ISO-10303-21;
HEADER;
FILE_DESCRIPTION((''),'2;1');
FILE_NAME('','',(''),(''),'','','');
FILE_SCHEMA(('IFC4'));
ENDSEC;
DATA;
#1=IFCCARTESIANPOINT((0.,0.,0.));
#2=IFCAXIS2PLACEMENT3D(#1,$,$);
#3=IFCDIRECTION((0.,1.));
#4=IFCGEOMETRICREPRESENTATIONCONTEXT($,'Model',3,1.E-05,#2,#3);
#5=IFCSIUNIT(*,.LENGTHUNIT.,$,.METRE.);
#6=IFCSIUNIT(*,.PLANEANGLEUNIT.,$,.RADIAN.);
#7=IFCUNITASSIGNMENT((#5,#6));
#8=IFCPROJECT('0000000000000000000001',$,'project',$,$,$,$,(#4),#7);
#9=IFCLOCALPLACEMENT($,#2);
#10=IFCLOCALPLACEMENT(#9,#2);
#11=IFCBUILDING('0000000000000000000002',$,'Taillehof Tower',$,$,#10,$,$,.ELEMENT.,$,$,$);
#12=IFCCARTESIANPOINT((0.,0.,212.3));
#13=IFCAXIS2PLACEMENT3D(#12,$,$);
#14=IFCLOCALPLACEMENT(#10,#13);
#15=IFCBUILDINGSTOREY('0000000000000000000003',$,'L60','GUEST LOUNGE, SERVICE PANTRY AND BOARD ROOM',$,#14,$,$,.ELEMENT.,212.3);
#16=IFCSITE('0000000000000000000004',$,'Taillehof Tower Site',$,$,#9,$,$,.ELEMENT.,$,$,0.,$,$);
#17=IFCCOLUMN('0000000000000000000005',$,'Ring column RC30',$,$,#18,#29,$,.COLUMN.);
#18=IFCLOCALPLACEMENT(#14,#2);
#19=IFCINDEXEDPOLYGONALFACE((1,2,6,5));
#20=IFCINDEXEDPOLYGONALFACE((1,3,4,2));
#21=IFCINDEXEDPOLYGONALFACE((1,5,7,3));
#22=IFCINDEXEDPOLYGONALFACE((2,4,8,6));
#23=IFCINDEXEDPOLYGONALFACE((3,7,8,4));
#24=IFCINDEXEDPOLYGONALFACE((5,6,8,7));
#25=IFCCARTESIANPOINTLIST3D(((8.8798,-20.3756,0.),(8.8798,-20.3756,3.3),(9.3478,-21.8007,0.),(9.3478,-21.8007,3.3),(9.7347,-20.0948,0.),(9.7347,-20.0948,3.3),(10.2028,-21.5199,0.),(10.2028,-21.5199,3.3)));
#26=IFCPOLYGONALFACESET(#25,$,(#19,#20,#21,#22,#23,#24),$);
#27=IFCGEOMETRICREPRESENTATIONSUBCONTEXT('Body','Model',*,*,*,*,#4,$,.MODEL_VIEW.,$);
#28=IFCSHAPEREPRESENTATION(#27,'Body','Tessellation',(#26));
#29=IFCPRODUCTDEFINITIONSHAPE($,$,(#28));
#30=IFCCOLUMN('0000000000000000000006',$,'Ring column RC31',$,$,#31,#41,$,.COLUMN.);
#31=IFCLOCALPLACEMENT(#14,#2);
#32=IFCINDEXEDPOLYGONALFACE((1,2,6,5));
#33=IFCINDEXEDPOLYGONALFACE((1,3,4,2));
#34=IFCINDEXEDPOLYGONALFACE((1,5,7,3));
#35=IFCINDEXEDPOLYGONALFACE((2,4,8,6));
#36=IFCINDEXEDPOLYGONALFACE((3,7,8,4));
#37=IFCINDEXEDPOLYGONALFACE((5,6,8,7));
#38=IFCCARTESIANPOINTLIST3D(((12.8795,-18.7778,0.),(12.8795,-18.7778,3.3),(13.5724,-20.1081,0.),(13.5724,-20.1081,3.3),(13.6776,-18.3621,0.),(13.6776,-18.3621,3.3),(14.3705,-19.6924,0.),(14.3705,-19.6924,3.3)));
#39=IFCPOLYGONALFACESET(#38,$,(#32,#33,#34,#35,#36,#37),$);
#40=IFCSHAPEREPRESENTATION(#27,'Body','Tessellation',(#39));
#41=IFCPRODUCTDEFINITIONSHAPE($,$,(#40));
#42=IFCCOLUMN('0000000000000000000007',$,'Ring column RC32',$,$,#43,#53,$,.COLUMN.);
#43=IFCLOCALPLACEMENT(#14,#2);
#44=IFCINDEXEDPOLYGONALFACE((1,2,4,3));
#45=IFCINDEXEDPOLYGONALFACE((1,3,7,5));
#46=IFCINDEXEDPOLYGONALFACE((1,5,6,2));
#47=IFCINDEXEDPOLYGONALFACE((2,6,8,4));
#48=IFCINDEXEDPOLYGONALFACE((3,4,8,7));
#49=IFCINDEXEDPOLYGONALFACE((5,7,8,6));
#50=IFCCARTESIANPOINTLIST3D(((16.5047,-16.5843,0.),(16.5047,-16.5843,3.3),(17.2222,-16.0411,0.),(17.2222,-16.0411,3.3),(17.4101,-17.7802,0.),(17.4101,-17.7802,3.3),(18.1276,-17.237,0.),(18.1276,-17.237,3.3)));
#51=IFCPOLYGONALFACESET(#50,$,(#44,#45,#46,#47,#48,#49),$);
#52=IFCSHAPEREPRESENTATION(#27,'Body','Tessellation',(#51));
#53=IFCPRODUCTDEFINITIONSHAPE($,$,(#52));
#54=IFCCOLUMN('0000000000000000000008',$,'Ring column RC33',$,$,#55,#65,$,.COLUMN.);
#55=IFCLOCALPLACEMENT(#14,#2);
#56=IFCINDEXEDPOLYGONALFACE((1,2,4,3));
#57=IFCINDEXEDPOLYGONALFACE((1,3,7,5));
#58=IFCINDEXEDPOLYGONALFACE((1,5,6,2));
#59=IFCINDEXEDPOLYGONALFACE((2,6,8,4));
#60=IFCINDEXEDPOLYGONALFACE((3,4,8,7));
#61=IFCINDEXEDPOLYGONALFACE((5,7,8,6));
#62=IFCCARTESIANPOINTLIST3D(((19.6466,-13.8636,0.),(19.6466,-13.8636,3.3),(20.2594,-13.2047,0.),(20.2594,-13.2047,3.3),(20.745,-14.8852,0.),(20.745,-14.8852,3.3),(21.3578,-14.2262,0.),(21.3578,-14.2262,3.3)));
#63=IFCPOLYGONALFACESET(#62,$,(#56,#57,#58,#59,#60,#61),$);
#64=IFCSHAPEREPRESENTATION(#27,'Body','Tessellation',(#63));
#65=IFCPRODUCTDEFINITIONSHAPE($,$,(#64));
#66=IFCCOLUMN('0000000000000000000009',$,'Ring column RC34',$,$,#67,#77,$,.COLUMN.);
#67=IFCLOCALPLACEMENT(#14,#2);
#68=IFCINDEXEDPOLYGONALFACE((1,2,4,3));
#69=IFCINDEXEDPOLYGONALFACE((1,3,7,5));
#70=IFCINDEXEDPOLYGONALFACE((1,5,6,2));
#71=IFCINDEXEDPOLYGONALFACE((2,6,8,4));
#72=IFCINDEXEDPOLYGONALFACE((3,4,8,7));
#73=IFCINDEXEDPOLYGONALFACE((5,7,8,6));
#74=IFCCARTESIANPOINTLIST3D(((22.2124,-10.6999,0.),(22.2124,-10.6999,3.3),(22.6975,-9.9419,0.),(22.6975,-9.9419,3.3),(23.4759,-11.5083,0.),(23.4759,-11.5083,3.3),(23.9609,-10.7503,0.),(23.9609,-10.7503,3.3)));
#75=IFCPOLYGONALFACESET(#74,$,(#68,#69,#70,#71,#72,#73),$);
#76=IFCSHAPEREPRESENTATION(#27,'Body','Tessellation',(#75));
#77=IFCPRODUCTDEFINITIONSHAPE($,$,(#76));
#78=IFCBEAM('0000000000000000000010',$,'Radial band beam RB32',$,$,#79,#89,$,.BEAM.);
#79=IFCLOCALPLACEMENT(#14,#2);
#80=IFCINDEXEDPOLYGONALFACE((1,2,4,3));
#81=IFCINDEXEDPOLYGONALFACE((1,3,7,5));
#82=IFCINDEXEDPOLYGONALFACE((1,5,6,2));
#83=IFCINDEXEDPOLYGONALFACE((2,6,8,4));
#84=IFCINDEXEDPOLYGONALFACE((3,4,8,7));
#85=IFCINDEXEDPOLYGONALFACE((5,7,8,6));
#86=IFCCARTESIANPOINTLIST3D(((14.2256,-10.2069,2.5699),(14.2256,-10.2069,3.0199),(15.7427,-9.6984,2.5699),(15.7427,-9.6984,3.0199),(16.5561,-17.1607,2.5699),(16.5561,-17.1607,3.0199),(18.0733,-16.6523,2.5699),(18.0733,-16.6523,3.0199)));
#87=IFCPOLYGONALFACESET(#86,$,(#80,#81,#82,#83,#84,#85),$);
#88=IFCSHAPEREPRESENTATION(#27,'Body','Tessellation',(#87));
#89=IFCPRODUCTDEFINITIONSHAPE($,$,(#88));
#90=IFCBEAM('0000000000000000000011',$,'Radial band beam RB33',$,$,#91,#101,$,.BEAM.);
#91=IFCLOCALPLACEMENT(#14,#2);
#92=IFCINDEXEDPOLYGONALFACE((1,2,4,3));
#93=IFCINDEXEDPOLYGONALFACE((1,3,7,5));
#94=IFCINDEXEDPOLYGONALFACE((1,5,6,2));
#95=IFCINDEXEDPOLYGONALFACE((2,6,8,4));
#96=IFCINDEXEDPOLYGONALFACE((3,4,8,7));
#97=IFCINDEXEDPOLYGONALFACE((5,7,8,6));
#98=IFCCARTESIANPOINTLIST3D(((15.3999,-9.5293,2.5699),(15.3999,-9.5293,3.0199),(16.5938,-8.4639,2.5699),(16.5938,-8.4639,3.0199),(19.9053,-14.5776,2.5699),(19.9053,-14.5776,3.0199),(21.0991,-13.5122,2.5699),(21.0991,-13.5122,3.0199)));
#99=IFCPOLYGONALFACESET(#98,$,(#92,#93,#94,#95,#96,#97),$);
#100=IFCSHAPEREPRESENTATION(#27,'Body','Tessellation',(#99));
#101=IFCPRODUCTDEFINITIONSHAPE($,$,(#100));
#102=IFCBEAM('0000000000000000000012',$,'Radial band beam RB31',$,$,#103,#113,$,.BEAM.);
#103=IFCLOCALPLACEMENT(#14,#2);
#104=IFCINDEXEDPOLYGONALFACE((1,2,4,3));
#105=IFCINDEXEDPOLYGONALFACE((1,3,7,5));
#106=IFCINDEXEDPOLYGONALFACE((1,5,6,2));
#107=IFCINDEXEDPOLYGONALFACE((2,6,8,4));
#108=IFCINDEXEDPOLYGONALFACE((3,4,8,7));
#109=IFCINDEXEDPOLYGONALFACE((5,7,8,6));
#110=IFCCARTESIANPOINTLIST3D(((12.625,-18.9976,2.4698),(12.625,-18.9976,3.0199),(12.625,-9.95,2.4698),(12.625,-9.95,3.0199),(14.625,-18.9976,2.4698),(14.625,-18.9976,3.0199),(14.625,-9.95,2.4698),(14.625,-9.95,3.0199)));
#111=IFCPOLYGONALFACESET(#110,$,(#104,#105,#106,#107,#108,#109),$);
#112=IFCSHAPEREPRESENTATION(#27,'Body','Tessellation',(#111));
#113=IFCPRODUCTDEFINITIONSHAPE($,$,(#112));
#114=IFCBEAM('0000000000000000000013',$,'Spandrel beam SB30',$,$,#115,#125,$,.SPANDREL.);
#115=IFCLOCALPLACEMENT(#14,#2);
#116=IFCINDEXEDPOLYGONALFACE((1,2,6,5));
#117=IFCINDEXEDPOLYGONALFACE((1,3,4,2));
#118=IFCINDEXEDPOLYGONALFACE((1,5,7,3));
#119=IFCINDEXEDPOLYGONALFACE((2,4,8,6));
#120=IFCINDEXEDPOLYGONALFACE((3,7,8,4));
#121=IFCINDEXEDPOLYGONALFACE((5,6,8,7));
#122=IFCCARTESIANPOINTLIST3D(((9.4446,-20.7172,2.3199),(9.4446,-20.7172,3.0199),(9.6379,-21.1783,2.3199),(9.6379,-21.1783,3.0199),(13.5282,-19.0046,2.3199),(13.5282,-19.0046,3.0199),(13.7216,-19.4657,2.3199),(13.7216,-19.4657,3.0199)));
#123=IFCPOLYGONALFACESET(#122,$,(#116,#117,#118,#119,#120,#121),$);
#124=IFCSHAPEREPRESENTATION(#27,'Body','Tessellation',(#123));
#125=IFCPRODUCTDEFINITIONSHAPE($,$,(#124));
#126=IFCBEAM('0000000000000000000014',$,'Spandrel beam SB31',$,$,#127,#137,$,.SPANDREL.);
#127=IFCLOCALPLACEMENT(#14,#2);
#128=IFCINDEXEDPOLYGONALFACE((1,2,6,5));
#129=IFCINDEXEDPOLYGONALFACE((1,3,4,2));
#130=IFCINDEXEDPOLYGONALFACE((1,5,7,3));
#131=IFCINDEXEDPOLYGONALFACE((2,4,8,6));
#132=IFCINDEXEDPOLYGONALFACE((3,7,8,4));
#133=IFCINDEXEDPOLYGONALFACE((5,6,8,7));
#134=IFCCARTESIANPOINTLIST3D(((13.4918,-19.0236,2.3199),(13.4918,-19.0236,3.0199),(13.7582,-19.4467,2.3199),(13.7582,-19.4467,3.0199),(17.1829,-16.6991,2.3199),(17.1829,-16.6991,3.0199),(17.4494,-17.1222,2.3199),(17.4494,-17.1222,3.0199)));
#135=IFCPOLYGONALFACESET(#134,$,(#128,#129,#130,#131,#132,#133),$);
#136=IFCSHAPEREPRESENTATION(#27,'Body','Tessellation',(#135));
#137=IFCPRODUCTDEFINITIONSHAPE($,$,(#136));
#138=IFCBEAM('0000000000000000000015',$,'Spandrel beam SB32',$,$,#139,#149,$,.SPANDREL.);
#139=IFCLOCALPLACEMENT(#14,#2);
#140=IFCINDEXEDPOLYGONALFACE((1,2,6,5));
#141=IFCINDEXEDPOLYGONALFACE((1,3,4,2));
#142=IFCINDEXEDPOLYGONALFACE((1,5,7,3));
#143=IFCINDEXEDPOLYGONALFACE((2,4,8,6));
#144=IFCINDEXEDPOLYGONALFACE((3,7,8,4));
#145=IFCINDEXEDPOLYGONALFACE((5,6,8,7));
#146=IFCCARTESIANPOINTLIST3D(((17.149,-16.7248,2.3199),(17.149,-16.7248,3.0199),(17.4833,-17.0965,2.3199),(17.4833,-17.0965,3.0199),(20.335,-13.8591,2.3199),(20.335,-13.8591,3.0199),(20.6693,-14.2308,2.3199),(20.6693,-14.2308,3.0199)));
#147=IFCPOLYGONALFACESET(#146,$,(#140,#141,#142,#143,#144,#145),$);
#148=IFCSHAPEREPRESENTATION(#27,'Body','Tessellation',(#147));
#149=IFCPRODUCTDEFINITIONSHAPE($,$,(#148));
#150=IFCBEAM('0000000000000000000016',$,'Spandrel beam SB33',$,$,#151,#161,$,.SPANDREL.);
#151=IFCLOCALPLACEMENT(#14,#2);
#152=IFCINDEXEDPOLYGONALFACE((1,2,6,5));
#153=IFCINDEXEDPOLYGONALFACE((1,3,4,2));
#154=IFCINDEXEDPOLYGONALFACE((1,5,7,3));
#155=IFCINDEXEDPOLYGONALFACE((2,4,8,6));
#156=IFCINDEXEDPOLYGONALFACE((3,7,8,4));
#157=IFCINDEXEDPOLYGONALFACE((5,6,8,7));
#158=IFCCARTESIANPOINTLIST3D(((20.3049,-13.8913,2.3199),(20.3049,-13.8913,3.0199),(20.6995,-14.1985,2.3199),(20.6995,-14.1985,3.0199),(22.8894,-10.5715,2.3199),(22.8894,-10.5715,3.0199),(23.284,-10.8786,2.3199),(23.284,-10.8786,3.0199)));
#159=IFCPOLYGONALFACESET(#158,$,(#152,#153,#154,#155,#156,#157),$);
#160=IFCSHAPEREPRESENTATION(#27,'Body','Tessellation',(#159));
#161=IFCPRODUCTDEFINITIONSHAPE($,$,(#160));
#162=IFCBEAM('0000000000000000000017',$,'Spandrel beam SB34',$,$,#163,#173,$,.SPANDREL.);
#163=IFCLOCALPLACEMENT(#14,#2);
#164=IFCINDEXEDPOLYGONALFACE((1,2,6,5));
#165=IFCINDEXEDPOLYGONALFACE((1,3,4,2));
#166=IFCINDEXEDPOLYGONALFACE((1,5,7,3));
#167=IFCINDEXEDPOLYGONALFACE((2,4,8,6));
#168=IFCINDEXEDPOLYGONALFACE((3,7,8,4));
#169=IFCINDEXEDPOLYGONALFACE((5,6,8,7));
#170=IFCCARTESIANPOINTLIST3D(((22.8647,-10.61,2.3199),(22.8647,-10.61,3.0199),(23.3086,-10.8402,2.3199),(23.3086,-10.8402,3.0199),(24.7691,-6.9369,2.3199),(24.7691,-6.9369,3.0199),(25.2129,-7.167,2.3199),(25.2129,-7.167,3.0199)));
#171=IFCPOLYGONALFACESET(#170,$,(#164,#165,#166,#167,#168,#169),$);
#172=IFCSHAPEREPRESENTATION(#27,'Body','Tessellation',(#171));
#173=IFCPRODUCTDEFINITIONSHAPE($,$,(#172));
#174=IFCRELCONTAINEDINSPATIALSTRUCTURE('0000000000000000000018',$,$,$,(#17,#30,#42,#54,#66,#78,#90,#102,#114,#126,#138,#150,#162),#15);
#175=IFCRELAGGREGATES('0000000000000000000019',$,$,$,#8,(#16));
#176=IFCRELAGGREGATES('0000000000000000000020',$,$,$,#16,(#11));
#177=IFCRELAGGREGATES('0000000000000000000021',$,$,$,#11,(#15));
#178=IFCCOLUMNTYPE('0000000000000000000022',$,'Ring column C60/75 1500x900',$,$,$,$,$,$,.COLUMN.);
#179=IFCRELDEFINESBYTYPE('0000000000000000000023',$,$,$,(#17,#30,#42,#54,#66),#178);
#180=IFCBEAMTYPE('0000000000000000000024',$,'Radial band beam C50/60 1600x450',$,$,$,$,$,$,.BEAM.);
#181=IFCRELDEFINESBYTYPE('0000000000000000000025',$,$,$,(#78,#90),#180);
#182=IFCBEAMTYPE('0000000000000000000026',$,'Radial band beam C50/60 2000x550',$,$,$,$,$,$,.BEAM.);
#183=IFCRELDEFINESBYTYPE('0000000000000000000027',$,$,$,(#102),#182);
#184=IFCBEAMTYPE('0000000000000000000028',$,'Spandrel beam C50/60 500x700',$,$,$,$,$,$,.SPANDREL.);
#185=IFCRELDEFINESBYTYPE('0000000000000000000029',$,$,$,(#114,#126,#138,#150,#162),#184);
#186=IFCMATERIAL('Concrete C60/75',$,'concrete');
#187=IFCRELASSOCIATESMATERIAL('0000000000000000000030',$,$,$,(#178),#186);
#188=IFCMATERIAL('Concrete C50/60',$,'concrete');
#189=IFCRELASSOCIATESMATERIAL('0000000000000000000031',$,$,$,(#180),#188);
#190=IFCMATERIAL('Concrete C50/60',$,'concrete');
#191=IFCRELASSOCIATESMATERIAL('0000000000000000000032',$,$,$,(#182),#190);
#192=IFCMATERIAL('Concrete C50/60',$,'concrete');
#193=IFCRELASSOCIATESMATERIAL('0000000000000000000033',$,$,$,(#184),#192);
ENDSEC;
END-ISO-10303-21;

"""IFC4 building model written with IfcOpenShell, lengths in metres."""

from ifc_helpers import new_model, si_unit, direction, frame, origin, origin_2d, place, context, subcontext, project, spatial, rectangle, extrude, material, material_profile, profile_set, type_object, element, save


model = new_model("IFC4")

# Units and contexts
model_context = context("Model", 3, precision=1e-05, world=origin(), true_north=direction((0.0, 1.0)))
body_context = subcontext(model_context, "Body", "Model", "MODEL_VIEW")
ifc_project = project(units=[si_unit("LENGTHUNIT", "METRE"), si_unit("PLANEANGLEUNIT", "RADIAN")], contexts=[model_context])

# Site, building, storey
site_placement = place(None, origin())
site = spatial("IfcSite", under=ifc_project, at=site_placement, Name="Taillehof Tower Site", CompositionType="ELEMENT", RefElevation=0.0)
building_placement = place(site_placement, origin())
building = spatial("IfcBuilding", under=site, at=building_placement, Name="Taillehof Tower", CompositionType="ELEMENT")
storey_placement = place(building_placement, frame((0.0, 0.0, 212.3)))
storey = spatial("IfcBuildingStorey", under=building, at=storey_placement, Name="L60", Description="GUEST LOUNGE, SERVICE PANTRY AND BOARD ROOM", CompositionType="ELEMENT", Elevation=212.3)

# Columns
ifc_material_1 = material(Name="Concrete C60/75", Category="concrete")
ifc_material_profile_1 = material_profile(ifc_material_1, rectangle(XDim=1.5, YDim=0.8999, at=origin_2d()), Name="RC 1500x900")
ifc_profile_set_1 = profile_set([ifc_material_profile_1], Name="Concrete C60/75")
column_type = type_object("IfcColumnType", Name="Ring column C60/75 1500x900", PredefinedType="COLUMN", material=ifc_profile_set_1)
for number, where, z_axis, x_axis, name in (
    (1, (9.5413, -20.9478, 0.0), (0.0, 0.0, 1.0), (0.312001, -0.950082, 0.0), "Ring column RC30"),
    (2, (13.625, -19.2351, 0.0), (0.0, 0.0, 1.0), (0.461993, -0.886883, 0.0), "Ring column RC31"),
    (3, (17.3162, -16.9106, 0.0), (0.0, 0.0, 1.0), (0.603608, -0.797281, 0.0), "Ring column RC32"),
    (4, (20.5022, -14.0449, 0.0), (0.0, 0.0, 1.0), (0.732271, -0.681013, 0.0), "Ring column RC33"),
    (5, (23.0867, -10.7251, 0.0), (0.0, 0.0, 1.0), (0.842311, -0.538992, 0.0), "Ring column RC34"),
):
    element("IfcColumn", number, at=place(storey_placement, frame(where, z_axis=z_axis, x_axis=x_axis)), inside=storey, type_object=column_type, Name=name, PredefinedType="COLUMN", context=body_context, shape_type="SweptSolid", body=[
        extrude(rectangle(XDim=1.5, YDim=0.8999, at=origin_2d()), origin(), (0.0, 0.0, 1.0), 3.3),
    ])

# Beams
ifc_material_2 = material(Name="Concrete C50/60", Category="concrete")
ifc_material_profile_2 = material_profile(ifc_material_2, rectangle(XDim=1.6001, YDim=0.45, at=origin_2d()), Name="RC 1600x450")
ifc_profile_set_2 = profile_set([ifc_material_profile_2], Name="Concrete C50/60")
beam_type_1 = type_object("IfcBeamType", Name="Radial band beam C50/60 1600x450", PredefinedType="BEAM", material=ifc_profile_set_2)
beam_1_placement = place(storey_placement, frame((17.3147, -16.9065, 2.7949), z_axis=(-0.317775, 0.948166, 0.0), x_axis=(-0.948166, -0.317775, 0.0)))
element("IfcBeam", 6, at=beam_1_placement, inside=storey, type_object=beam_type_1, Name="Radial band beam RB32", PredefinedType="BEAM", context=body_context, shape_type="SweptSolid", body=[
    extrude(rectangle(XDim=1.6001, YDim=0.45, at=origin_2d()), origin(), (0.0, 0.0, 1.0), 7.334),
])
beam_2_placement = place(storey_placement, frame((20.5022, -14.0449, 2.7949), z_axis=(-0.665845, 0.74609, 0.0), x_axis=(-0.74609, -0.665845, 0.0)))
element("IfcBeam", 7, at=beam_2_placement, inside=storey, type_object=beam_type_1, Name="Radial band beam RB33", PredefinedType="BEAM", context=body_context, shape_type="SweptSolid", body=[
    extrude(rectangle(XDim=1.6001, YDim=0.45, at=origin_2d()), origin(), (0.0, 0.0, 1.0), 6.7664),
])
ifc_material_3 = material(Name="Concrete C50/60", Category="concrete")
ifc_material_profile_3 = material_profile(ifc_material_3, rectangle(XDim=2.0, YDim=0.55, at=origin_2d()), Name="RC 2000x550")
ifc_profile_set_3 = profile_set([ifc_material_profile_3], Name="Concrete C50/60")
beam_type_2 = type_object("IfcBeamType", Name="Radial band beam C50/60 2000x550", PredefinedType="BEAM", material=ifc_profile_set_3)
beam_3_placement = place(storey_placement, frame((13.625, -18.9976, 2.7449), z_axis=(0.0, 1.0, 0.0), x_axis=(-1.0, 0.0, 0.0)))
element("IfcBeam", 8, at=beam_3_placement, inside=storey, type_object=beam_type_2, Name="Radial band beam RB31", PredefinedType="BEAM", context=body_context, shape_type="SweptSolid", body=[
    extrude(rectangle(XDim=2.0, YDim=0.55, at=origin_2d()), origin(), (0.0, 0.0, 1.0), 9.0476),
])
ifc_material_4 = material(Name="Concrete C50/60", Category="concrete")
ifc_material_profile_4 = material_profile(ifc_material_4, rectangle(XDim=0.5, YDim=0.7, at=origin_2d()), Name="RC 500x700")
ifc_profile_set_4 = profile_set([ifc_material_profile_4], Name="Concrete C50/60")
beam_type_3 = type_object("IfcBeamType", Name="Spandrel beam C50/60 500x700", PredefinedType="SPANDREL", material=ifc_profile_set_4)
beam_4_placement = place(storey_placement, frame((9.5413, -20.9478, 2.6699), z_axis=(0.922186, 0.386748, 0.0), x_axis=(-0.386748, 0.922186, 0.0)))
element("IfcBeam", 9, at=beam_4_placement, inside=storey, type_object=beam_type_3, Name="Spandrel beam SB30", PredefinedType="SPANDREL", context=body_context, shape_type="SweptSolid", body=[
    extrude(rectangle(XDim=0.5, YDim=0.7, at=origin_2d()), origin(), (0.0, 0.0, 1.0), 4.4282),
])
beam_5_placement = place(storey_placement, frame((13.625, -19.2351, 2.6699), z_axis=(0.846192, 0.532879, 0.0), x_axis=(-0.532879, 0.846192, 0.0)))
element("IfcBeam", 10, at=beam_5_placement, inside=storey, type_object=beam_type_3, Name="Spandrel beam SB31", PredefinedType="SPANDREL", context=body_context, shape_type="SweptSolid", body=[
    extrude(rectangle(XDim=0.5, YDim=0.7, at=origin_2d()), origin(), (0.0, 0.0, 1.0), 4.3621),
])
beam_6_placement = place(storey_placement, frame((17.3162, -16.9106, 2.6699), z_axis=(0.743492, 0.668744, 0.0), x_axis=(-0.668744, 0.743492, 0.0)))
element("IfcBeam", 11, at=beam_6_placement, inside=storey, type_object=beam_type_3, Name="Spandrel beam SB32", PredefinedType="SPANDREL", context=body_context, shape_type="SweptSolid", body=[
    extrude(rectangle(XDim=0.5, YDim=0.7, at=origin_2d()), origin(), (0.0, 0.0, 1.0), 4.2852),
])
beam_7_placement = place(storey_placement, frame((20.5022, -14.0449, 2.6699), z_axis=(0.614294, 0.789077, 0.0), x_axis=(-0.789077, 0.614294, 0.0)))
element("IfcBeam", 12, at=beam_7_placement, inside=storey, type_object=beam_type_3, Name="Spandrel beam SB33", PredefinedType="SPANDREL", context=body_context, shape_type="SweptSolid", body=[
    extrude(rectangle(XDim=0.5, YDim=0.7, at=origin_2d()), origin(), (0.0, 0.0, 1.0), 4.2073),
])
beam_8_placement = place(storey_placement, frame((23.0867, -10.7251, 2.6699), z_axis=(0.460265, 0.887781, 0.0), x_axis=(-0.887781, 0.460265, 0.0)))
element("IfcBeam", 13, at=beam_8_placement, inside=storey, type_object=beam_type_3, Name="Spandrel beam SB34", PredefinedType="SPANDREL", context=body_context, shape_type="SweptSolid", body=[
    extrude(rectangle(XDim=0.5, YDim=0.7, at=origin_2d()), origin(), (0.0, 0.0, 1.0), 4.1375),
])

save(model, "model.ifc")
